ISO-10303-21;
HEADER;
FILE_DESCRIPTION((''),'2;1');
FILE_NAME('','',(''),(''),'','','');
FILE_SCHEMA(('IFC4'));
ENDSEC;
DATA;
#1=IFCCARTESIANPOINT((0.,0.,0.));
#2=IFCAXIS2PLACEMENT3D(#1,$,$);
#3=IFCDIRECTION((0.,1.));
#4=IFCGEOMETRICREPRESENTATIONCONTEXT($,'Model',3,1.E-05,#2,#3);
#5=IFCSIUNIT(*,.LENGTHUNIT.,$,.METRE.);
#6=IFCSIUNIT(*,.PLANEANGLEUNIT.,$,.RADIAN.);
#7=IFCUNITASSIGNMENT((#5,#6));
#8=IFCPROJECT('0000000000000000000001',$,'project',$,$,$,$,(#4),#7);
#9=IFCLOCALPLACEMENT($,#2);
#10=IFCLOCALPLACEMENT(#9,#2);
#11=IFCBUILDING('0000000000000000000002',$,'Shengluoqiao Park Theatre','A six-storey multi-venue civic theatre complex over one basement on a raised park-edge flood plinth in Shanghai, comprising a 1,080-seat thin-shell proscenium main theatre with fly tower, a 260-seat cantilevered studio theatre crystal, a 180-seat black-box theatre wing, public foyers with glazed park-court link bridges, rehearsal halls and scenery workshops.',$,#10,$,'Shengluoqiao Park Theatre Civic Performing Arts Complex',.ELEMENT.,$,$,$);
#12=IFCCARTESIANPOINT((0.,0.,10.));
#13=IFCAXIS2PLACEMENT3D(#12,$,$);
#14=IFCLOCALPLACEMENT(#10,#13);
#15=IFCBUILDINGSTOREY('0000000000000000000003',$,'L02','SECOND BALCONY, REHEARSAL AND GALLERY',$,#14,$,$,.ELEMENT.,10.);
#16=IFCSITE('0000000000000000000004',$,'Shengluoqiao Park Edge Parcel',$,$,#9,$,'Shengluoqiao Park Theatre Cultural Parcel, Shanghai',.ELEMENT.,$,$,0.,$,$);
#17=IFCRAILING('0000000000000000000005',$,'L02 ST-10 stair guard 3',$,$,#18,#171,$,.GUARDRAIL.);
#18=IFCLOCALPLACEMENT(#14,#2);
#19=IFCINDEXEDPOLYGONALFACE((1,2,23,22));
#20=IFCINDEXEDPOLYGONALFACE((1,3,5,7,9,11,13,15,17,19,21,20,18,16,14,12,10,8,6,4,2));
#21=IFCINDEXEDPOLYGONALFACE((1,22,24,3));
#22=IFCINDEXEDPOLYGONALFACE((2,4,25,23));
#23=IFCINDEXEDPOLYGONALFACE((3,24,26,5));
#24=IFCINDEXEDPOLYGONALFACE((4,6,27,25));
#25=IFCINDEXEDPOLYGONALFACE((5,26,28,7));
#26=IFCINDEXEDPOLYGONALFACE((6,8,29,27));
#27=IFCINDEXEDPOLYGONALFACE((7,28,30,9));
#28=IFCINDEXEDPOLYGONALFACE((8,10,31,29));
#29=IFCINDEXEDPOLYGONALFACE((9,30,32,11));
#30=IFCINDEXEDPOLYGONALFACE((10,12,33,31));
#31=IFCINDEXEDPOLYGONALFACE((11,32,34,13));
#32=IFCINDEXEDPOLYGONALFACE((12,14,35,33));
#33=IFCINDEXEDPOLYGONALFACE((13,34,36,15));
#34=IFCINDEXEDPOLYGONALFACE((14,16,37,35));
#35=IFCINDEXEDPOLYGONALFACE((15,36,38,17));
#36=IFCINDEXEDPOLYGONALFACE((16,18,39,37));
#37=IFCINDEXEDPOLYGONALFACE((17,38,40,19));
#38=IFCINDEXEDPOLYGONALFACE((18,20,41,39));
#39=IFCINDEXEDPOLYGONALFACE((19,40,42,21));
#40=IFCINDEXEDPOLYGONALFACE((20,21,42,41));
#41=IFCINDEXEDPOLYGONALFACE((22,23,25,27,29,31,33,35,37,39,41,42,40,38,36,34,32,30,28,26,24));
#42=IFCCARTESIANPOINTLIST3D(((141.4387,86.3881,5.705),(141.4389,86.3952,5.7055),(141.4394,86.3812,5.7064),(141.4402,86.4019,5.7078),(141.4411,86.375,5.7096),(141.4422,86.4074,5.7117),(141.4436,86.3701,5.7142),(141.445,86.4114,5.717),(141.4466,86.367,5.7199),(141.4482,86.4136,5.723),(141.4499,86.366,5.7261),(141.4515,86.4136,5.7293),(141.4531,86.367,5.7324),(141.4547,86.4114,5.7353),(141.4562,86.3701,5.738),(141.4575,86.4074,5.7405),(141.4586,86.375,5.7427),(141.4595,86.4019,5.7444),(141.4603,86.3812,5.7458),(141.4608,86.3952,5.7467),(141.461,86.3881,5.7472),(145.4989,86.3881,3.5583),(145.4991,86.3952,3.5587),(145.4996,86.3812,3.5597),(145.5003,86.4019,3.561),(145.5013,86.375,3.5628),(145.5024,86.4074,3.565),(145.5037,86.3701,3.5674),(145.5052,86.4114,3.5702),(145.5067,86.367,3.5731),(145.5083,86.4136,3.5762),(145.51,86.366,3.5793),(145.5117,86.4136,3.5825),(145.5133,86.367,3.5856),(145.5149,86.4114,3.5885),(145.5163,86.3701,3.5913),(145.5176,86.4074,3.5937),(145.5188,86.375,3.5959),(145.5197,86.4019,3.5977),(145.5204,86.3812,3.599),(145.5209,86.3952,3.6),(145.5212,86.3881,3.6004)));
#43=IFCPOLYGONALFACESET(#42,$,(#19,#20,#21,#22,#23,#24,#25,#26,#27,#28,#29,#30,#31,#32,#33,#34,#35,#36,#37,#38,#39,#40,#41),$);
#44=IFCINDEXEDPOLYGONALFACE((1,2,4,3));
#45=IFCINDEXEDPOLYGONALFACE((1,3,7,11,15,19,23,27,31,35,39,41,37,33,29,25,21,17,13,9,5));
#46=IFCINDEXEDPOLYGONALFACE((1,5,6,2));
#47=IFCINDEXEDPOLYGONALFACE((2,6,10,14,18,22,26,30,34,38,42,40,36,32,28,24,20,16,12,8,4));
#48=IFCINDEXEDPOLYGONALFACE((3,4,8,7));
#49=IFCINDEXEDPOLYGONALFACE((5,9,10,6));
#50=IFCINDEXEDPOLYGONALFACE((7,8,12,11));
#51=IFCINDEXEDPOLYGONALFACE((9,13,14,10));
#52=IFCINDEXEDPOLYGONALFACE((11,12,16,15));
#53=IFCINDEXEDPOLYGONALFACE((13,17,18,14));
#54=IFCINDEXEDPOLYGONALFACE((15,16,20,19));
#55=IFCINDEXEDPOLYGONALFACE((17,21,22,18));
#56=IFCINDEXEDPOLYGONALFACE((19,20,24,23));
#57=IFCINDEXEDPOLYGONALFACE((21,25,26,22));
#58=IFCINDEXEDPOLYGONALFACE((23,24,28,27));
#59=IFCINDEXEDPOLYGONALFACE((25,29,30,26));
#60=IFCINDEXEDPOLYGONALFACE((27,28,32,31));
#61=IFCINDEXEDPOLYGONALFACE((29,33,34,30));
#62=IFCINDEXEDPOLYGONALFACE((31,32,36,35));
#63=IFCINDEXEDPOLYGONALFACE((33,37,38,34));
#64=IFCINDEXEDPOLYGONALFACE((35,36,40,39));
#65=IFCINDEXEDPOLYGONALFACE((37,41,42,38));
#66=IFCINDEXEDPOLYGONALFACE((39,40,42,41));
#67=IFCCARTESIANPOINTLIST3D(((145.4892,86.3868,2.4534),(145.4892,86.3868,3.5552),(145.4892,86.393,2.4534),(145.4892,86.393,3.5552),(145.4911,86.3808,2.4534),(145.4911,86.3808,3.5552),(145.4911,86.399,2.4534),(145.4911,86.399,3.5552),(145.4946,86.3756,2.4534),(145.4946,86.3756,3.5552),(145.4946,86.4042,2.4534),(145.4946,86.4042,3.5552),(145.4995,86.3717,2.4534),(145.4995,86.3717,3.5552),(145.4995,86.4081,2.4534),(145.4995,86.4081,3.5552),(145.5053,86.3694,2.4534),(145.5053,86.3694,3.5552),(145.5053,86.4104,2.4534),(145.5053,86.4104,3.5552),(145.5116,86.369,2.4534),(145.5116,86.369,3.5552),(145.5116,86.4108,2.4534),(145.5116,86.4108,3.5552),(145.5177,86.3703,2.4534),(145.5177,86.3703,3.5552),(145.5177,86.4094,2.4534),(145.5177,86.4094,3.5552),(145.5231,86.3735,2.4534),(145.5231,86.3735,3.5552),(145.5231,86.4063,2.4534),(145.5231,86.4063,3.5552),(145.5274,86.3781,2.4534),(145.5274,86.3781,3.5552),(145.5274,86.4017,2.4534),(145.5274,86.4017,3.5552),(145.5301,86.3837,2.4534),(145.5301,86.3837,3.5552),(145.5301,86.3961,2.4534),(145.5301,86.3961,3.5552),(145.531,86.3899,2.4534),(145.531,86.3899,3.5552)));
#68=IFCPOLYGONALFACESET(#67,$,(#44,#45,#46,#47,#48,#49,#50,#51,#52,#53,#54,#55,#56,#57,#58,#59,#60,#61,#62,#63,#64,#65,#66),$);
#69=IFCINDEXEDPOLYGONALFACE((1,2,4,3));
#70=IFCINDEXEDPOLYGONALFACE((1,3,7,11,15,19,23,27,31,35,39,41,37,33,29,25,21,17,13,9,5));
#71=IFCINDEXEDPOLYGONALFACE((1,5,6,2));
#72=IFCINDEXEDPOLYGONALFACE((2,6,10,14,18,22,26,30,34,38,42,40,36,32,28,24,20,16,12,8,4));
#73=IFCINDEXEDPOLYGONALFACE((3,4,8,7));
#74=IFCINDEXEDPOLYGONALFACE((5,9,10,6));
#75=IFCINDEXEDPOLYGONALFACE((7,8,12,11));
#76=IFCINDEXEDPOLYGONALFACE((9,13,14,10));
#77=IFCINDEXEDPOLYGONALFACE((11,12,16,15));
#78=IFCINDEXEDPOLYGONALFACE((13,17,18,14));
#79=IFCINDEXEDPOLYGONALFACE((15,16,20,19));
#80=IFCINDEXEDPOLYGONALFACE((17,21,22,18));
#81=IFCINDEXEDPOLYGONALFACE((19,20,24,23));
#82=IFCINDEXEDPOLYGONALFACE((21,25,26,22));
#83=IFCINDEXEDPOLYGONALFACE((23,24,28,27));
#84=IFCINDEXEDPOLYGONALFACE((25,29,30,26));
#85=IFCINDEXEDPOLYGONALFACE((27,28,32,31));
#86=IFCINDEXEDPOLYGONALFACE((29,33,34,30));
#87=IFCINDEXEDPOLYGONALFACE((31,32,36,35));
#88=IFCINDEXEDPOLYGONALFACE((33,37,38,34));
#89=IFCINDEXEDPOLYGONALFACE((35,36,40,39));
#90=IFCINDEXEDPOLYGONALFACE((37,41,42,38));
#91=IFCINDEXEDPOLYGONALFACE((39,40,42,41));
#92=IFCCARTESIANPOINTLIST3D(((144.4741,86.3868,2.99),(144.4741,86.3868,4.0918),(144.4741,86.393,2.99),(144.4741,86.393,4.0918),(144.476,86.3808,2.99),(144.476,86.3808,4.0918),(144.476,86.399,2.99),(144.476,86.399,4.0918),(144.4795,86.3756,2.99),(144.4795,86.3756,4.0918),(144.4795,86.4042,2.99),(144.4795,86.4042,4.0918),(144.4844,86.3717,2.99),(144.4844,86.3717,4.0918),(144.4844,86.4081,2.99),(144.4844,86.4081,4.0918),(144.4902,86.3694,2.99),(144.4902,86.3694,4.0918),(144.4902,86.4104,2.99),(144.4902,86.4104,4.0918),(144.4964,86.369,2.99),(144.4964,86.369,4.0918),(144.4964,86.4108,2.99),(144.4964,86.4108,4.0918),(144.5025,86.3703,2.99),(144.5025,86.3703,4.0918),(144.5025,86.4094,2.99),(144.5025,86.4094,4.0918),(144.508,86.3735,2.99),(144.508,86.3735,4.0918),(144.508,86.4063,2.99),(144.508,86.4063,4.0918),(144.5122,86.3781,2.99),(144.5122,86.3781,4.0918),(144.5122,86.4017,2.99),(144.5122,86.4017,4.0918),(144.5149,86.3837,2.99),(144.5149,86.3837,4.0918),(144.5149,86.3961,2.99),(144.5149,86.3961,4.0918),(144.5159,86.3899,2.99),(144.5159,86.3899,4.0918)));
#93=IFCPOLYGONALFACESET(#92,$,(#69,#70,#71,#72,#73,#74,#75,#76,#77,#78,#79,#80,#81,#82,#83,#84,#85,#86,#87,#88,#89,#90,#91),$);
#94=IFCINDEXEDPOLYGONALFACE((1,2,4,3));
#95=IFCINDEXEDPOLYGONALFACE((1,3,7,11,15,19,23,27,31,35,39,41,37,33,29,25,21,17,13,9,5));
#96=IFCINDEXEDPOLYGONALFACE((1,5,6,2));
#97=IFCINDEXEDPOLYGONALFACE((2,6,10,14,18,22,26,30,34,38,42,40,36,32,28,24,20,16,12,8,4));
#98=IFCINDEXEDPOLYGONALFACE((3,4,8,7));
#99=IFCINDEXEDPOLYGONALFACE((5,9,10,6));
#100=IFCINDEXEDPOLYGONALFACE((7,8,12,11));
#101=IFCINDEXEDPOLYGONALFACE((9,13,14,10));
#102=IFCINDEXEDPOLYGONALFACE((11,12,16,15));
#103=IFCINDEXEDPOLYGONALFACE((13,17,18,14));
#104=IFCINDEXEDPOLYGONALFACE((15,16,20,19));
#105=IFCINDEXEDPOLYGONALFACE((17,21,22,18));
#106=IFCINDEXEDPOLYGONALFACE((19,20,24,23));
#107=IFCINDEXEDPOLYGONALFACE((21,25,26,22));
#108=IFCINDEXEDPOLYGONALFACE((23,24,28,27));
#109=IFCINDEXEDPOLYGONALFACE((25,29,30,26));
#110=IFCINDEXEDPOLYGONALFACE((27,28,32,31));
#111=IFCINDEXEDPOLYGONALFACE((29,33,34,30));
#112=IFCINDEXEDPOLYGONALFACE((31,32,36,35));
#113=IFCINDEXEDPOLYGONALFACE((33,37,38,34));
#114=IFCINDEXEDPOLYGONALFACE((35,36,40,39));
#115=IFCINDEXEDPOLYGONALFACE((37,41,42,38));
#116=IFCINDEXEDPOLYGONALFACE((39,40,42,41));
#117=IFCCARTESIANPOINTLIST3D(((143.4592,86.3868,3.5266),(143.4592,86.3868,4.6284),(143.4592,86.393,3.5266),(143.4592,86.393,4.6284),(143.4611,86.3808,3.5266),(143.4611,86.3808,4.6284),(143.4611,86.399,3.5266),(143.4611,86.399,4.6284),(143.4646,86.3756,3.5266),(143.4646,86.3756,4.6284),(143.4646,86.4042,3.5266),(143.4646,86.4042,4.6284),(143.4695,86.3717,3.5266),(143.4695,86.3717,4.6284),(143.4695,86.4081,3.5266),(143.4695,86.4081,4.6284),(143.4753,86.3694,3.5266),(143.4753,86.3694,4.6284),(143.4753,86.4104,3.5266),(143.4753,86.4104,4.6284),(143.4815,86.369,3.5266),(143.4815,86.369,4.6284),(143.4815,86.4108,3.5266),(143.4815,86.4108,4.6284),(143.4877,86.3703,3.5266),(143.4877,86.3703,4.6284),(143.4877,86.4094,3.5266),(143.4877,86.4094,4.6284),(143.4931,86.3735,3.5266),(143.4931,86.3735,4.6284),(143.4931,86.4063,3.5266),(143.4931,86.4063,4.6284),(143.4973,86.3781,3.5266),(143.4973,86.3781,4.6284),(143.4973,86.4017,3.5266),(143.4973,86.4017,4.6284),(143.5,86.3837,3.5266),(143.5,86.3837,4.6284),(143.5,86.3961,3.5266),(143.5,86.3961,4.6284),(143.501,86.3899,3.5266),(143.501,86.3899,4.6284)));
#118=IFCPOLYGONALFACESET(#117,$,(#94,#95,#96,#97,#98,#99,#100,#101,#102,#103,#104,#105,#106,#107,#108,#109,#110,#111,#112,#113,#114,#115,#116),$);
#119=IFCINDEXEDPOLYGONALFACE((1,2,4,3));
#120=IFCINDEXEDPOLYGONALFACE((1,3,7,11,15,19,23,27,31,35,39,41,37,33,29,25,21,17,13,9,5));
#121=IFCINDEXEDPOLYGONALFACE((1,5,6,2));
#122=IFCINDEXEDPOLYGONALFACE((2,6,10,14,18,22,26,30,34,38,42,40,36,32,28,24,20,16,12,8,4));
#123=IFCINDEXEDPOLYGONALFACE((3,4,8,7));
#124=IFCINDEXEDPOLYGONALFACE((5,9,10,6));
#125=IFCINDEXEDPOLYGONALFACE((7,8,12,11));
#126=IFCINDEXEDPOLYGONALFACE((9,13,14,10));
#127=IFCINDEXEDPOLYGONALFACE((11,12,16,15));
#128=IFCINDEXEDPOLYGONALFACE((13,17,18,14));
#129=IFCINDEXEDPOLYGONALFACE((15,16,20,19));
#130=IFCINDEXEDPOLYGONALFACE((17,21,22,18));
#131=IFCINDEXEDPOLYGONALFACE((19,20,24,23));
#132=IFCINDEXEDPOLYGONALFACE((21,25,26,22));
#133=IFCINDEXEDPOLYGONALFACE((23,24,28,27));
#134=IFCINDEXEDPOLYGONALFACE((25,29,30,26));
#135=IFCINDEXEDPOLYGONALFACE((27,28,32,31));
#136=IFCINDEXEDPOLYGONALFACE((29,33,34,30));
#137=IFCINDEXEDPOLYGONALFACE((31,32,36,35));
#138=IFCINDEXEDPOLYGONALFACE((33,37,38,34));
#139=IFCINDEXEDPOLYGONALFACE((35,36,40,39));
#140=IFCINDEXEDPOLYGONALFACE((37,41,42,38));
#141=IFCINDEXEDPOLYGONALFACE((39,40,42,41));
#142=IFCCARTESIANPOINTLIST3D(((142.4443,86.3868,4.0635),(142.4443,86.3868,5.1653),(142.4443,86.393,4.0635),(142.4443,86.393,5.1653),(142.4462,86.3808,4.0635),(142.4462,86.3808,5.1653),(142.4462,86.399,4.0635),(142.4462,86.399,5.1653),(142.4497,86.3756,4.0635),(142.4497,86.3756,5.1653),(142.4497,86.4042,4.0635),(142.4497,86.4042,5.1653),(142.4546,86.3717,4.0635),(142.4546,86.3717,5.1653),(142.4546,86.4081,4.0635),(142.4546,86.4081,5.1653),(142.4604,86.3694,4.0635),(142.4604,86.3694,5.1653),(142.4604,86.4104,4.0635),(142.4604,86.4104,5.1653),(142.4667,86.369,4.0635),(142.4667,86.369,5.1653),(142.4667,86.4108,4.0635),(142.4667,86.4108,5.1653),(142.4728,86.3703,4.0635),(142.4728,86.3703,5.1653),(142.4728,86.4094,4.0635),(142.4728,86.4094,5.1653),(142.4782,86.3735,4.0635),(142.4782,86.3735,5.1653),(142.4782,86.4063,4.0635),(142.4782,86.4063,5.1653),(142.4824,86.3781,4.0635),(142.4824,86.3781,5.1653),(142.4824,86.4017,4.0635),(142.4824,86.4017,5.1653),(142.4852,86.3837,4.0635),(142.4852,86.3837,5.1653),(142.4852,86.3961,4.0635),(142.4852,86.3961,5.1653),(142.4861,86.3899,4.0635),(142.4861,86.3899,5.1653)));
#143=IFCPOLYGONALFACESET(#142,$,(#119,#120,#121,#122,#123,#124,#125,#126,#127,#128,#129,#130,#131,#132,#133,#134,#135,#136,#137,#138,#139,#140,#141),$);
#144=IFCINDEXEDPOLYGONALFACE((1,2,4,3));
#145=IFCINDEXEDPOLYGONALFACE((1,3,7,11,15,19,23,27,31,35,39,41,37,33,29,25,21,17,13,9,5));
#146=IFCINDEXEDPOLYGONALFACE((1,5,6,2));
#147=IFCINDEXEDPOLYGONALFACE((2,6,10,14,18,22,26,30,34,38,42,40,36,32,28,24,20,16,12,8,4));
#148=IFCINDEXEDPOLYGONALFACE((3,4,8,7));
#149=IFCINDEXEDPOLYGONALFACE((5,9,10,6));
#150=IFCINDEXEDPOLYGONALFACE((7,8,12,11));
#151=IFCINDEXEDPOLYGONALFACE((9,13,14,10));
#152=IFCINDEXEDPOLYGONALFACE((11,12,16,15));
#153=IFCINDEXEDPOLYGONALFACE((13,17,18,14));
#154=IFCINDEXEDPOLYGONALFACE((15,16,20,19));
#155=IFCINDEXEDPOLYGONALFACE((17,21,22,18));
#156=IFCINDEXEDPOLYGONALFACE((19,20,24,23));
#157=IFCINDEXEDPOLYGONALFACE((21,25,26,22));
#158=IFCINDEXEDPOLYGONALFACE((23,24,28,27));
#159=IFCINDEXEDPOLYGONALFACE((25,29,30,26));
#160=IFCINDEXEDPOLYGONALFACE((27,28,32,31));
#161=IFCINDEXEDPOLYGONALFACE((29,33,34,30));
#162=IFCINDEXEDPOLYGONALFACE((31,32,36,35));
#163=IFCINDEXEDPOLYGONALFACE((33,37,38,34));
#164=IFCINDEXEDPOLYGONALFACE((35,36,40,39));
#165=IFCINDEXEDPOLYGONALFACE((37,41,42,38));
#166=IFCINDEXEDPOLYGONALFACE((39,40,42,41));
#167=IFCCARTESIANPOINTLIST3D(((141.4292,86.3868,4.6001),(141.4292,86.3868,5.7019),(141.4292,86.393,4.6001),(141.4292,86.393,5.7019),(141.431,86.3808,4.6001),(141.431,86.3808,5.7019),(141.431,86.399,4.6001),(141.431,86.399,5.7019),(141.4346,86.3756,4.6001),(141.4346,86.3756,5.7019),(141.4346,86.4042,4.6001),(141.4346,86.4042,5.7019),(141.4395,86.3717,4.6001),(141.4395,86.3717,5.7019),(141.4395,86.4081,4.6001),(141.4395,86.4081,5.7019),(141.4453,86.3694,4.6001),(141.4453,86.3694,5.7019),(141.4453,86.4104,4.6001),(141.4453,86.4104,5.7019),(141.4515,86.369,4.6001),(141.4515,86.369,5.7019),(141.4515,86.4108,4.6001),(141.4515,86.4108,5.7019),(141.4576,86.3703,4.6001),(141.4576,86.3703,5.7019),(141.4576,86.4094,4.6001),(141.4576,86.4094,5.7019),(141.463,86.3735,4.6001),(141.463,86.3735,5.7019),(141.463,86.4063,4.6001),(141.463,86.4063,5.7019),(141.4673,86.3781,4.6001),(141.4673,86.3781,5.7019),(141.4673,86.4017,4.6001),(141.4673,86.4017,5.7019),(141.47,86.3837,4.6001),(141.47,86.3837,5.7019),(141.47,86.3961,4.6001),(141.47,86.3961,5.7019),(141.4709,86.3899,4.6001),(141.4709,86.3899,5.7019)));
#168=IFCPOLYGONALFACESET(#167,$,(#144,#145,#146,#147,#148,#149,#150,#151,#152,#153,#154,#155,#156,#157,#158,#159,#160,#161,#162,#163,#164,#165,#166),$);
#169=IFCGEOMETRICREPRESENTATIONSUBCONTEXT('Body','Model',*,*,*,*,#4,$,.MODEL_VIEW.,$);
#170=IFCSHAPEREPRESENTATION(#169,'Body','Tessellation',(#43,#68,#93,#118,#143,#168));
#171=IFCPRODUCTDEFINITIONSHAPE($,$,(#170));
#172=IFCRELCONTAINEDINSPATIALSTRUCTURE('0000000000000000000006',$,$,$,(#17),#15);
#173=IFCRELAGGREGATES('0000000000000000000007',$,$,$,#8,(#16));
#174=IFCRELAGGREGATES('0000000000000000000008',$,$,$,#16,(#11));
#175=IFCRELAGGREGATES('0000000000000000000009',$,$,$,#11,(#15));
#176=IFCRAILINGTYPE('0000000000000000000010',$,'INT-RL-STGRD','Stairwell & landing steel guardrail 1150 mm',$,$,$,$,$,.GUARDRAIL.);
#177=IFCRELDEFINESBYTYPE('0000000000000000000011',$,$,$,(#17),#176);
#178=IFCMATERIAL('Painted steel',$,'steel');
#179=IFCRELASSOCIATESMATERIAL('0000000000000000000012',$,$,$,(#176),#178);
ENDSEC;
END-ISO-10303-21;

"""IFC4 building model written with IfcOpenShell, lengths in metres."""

from ifc_helpers import new_model, si_unit, direction, frame, origin, origin_2d, place, context, subcontext, project, spatial, circle, extrude, material, type_object, element, save


model = new_model("IFC4")

# Units and contexts
model_context = context("Model", 3, precision=1e-05, world=origin(), true_north=direction((0.0, 1.0)))
body_context = subcontext(model_context, "Body", "Model", "MODEL_VIEW")
ifc_project = project(units=[si_unit("LENGTHUNIT", "METRE"), si_unit("PLANEANGLEUNIT", "RADIAN")], contexts=[model_context])

# Site, building, storey
site_placement = place(None, origin())
site = spatial("IfcSite", under=ifc_project, at=site_placement, Name="Shengluoqiao Park Edge Parcel", LongName="Shengluoqiao Park Theatre Cultural Parcel, Shanghai", CompositionType="ELEMENT", RefElevation=0.0)
building_placement = place(site_placement, origin())
building = spatial("IfcBuilding", under=site, at=building_placement, Name="Shengluoqiao Park Theatre", Description="A six-storey multi-venue civic theatre complex over one basement on a raised park-edge flood plinth in Shanghai, comprising a 1,080-seat thin-shell proscenium main theatre with fly tower, a 260-seat cantilevered studio theatre crystal, a 180-seat black-box theatre wing, public foyers with glazed park-court link bridges, rehearsal halls and scenery workshops.", LongName="Shengluoqiao Park Theatre Civic Performing Arts Complex", CompositionType="ELEMENT")
storey_placement = place(building_placement, frame((0.0, 0.0, 10.0)))
storey = spatial("IfcBuildingStorey", under=building, at=storey_placement, Name="L02", Description="SECOND BALCONY, REHEARSAL AND GALLERY", CompositionType="ELEMENT", Elevation=10.0)

# Railing
ifc_material_1 = material(Name="Painted steel", Category="steel")
railing_type_1 = type_object("IfcRailingType", Name="INT-RL-STGRD", Description="Stairwell & landing steel guardrail 1150 mm", PredefinedType="GUARDRAIL", material=ifc_material_1)
railing_1_placement = place(storey_placement, frame((145.51, 86.3899, 2.4534)))
element("IfcRailing", 1, at=railing_1_placement, inside=storey, type_object=railing_type_1, Name="L02 ST-10 stair guard 3", PredefinedType="GUARDRAIL", context=body_context, shape_type="SweptSolid", body=[
    extrude(circle(Radius=0.0239, at=origin_2d()), frame((0.0, 0.0, 1.126), z_axis=(-0.884032, 0.0, 0.467426), x_axis=(0.0, -1.0, 0.0)), (0.0, 0.0, 1.0), 4.5928),
    extrude(circle(Radius=0.021, at=origin_2d()), origin(), (0.0, 0.0, 1.0), 1.1018),
    extrude(circle(Radius=0.021, at=origin_2d()), frame((-1.0151, 0.0, 0.5366)), (0.0, 0.0, 1.0), 1.1018),
    extrude(circle(Radius=0.021, at=origin_2d()), frame((-2.03, 0.0, 1.0732)), (0.0, 0.0, 1.0), 1.1018),
    extrude(circle(Radius=0.021, at=origin_2d()), frame((-3.0449, 0.0, 1.6101)), (0.0, 0.0, 1.0), 1.1018),
    extrude(circle(Radius=0.021, at=origin_2d()), frame((-4.0601, 0.0, 2.1467)), (0.0, 0.0, 1.0), 1.1018),
])

save(model, "model.ifc")
